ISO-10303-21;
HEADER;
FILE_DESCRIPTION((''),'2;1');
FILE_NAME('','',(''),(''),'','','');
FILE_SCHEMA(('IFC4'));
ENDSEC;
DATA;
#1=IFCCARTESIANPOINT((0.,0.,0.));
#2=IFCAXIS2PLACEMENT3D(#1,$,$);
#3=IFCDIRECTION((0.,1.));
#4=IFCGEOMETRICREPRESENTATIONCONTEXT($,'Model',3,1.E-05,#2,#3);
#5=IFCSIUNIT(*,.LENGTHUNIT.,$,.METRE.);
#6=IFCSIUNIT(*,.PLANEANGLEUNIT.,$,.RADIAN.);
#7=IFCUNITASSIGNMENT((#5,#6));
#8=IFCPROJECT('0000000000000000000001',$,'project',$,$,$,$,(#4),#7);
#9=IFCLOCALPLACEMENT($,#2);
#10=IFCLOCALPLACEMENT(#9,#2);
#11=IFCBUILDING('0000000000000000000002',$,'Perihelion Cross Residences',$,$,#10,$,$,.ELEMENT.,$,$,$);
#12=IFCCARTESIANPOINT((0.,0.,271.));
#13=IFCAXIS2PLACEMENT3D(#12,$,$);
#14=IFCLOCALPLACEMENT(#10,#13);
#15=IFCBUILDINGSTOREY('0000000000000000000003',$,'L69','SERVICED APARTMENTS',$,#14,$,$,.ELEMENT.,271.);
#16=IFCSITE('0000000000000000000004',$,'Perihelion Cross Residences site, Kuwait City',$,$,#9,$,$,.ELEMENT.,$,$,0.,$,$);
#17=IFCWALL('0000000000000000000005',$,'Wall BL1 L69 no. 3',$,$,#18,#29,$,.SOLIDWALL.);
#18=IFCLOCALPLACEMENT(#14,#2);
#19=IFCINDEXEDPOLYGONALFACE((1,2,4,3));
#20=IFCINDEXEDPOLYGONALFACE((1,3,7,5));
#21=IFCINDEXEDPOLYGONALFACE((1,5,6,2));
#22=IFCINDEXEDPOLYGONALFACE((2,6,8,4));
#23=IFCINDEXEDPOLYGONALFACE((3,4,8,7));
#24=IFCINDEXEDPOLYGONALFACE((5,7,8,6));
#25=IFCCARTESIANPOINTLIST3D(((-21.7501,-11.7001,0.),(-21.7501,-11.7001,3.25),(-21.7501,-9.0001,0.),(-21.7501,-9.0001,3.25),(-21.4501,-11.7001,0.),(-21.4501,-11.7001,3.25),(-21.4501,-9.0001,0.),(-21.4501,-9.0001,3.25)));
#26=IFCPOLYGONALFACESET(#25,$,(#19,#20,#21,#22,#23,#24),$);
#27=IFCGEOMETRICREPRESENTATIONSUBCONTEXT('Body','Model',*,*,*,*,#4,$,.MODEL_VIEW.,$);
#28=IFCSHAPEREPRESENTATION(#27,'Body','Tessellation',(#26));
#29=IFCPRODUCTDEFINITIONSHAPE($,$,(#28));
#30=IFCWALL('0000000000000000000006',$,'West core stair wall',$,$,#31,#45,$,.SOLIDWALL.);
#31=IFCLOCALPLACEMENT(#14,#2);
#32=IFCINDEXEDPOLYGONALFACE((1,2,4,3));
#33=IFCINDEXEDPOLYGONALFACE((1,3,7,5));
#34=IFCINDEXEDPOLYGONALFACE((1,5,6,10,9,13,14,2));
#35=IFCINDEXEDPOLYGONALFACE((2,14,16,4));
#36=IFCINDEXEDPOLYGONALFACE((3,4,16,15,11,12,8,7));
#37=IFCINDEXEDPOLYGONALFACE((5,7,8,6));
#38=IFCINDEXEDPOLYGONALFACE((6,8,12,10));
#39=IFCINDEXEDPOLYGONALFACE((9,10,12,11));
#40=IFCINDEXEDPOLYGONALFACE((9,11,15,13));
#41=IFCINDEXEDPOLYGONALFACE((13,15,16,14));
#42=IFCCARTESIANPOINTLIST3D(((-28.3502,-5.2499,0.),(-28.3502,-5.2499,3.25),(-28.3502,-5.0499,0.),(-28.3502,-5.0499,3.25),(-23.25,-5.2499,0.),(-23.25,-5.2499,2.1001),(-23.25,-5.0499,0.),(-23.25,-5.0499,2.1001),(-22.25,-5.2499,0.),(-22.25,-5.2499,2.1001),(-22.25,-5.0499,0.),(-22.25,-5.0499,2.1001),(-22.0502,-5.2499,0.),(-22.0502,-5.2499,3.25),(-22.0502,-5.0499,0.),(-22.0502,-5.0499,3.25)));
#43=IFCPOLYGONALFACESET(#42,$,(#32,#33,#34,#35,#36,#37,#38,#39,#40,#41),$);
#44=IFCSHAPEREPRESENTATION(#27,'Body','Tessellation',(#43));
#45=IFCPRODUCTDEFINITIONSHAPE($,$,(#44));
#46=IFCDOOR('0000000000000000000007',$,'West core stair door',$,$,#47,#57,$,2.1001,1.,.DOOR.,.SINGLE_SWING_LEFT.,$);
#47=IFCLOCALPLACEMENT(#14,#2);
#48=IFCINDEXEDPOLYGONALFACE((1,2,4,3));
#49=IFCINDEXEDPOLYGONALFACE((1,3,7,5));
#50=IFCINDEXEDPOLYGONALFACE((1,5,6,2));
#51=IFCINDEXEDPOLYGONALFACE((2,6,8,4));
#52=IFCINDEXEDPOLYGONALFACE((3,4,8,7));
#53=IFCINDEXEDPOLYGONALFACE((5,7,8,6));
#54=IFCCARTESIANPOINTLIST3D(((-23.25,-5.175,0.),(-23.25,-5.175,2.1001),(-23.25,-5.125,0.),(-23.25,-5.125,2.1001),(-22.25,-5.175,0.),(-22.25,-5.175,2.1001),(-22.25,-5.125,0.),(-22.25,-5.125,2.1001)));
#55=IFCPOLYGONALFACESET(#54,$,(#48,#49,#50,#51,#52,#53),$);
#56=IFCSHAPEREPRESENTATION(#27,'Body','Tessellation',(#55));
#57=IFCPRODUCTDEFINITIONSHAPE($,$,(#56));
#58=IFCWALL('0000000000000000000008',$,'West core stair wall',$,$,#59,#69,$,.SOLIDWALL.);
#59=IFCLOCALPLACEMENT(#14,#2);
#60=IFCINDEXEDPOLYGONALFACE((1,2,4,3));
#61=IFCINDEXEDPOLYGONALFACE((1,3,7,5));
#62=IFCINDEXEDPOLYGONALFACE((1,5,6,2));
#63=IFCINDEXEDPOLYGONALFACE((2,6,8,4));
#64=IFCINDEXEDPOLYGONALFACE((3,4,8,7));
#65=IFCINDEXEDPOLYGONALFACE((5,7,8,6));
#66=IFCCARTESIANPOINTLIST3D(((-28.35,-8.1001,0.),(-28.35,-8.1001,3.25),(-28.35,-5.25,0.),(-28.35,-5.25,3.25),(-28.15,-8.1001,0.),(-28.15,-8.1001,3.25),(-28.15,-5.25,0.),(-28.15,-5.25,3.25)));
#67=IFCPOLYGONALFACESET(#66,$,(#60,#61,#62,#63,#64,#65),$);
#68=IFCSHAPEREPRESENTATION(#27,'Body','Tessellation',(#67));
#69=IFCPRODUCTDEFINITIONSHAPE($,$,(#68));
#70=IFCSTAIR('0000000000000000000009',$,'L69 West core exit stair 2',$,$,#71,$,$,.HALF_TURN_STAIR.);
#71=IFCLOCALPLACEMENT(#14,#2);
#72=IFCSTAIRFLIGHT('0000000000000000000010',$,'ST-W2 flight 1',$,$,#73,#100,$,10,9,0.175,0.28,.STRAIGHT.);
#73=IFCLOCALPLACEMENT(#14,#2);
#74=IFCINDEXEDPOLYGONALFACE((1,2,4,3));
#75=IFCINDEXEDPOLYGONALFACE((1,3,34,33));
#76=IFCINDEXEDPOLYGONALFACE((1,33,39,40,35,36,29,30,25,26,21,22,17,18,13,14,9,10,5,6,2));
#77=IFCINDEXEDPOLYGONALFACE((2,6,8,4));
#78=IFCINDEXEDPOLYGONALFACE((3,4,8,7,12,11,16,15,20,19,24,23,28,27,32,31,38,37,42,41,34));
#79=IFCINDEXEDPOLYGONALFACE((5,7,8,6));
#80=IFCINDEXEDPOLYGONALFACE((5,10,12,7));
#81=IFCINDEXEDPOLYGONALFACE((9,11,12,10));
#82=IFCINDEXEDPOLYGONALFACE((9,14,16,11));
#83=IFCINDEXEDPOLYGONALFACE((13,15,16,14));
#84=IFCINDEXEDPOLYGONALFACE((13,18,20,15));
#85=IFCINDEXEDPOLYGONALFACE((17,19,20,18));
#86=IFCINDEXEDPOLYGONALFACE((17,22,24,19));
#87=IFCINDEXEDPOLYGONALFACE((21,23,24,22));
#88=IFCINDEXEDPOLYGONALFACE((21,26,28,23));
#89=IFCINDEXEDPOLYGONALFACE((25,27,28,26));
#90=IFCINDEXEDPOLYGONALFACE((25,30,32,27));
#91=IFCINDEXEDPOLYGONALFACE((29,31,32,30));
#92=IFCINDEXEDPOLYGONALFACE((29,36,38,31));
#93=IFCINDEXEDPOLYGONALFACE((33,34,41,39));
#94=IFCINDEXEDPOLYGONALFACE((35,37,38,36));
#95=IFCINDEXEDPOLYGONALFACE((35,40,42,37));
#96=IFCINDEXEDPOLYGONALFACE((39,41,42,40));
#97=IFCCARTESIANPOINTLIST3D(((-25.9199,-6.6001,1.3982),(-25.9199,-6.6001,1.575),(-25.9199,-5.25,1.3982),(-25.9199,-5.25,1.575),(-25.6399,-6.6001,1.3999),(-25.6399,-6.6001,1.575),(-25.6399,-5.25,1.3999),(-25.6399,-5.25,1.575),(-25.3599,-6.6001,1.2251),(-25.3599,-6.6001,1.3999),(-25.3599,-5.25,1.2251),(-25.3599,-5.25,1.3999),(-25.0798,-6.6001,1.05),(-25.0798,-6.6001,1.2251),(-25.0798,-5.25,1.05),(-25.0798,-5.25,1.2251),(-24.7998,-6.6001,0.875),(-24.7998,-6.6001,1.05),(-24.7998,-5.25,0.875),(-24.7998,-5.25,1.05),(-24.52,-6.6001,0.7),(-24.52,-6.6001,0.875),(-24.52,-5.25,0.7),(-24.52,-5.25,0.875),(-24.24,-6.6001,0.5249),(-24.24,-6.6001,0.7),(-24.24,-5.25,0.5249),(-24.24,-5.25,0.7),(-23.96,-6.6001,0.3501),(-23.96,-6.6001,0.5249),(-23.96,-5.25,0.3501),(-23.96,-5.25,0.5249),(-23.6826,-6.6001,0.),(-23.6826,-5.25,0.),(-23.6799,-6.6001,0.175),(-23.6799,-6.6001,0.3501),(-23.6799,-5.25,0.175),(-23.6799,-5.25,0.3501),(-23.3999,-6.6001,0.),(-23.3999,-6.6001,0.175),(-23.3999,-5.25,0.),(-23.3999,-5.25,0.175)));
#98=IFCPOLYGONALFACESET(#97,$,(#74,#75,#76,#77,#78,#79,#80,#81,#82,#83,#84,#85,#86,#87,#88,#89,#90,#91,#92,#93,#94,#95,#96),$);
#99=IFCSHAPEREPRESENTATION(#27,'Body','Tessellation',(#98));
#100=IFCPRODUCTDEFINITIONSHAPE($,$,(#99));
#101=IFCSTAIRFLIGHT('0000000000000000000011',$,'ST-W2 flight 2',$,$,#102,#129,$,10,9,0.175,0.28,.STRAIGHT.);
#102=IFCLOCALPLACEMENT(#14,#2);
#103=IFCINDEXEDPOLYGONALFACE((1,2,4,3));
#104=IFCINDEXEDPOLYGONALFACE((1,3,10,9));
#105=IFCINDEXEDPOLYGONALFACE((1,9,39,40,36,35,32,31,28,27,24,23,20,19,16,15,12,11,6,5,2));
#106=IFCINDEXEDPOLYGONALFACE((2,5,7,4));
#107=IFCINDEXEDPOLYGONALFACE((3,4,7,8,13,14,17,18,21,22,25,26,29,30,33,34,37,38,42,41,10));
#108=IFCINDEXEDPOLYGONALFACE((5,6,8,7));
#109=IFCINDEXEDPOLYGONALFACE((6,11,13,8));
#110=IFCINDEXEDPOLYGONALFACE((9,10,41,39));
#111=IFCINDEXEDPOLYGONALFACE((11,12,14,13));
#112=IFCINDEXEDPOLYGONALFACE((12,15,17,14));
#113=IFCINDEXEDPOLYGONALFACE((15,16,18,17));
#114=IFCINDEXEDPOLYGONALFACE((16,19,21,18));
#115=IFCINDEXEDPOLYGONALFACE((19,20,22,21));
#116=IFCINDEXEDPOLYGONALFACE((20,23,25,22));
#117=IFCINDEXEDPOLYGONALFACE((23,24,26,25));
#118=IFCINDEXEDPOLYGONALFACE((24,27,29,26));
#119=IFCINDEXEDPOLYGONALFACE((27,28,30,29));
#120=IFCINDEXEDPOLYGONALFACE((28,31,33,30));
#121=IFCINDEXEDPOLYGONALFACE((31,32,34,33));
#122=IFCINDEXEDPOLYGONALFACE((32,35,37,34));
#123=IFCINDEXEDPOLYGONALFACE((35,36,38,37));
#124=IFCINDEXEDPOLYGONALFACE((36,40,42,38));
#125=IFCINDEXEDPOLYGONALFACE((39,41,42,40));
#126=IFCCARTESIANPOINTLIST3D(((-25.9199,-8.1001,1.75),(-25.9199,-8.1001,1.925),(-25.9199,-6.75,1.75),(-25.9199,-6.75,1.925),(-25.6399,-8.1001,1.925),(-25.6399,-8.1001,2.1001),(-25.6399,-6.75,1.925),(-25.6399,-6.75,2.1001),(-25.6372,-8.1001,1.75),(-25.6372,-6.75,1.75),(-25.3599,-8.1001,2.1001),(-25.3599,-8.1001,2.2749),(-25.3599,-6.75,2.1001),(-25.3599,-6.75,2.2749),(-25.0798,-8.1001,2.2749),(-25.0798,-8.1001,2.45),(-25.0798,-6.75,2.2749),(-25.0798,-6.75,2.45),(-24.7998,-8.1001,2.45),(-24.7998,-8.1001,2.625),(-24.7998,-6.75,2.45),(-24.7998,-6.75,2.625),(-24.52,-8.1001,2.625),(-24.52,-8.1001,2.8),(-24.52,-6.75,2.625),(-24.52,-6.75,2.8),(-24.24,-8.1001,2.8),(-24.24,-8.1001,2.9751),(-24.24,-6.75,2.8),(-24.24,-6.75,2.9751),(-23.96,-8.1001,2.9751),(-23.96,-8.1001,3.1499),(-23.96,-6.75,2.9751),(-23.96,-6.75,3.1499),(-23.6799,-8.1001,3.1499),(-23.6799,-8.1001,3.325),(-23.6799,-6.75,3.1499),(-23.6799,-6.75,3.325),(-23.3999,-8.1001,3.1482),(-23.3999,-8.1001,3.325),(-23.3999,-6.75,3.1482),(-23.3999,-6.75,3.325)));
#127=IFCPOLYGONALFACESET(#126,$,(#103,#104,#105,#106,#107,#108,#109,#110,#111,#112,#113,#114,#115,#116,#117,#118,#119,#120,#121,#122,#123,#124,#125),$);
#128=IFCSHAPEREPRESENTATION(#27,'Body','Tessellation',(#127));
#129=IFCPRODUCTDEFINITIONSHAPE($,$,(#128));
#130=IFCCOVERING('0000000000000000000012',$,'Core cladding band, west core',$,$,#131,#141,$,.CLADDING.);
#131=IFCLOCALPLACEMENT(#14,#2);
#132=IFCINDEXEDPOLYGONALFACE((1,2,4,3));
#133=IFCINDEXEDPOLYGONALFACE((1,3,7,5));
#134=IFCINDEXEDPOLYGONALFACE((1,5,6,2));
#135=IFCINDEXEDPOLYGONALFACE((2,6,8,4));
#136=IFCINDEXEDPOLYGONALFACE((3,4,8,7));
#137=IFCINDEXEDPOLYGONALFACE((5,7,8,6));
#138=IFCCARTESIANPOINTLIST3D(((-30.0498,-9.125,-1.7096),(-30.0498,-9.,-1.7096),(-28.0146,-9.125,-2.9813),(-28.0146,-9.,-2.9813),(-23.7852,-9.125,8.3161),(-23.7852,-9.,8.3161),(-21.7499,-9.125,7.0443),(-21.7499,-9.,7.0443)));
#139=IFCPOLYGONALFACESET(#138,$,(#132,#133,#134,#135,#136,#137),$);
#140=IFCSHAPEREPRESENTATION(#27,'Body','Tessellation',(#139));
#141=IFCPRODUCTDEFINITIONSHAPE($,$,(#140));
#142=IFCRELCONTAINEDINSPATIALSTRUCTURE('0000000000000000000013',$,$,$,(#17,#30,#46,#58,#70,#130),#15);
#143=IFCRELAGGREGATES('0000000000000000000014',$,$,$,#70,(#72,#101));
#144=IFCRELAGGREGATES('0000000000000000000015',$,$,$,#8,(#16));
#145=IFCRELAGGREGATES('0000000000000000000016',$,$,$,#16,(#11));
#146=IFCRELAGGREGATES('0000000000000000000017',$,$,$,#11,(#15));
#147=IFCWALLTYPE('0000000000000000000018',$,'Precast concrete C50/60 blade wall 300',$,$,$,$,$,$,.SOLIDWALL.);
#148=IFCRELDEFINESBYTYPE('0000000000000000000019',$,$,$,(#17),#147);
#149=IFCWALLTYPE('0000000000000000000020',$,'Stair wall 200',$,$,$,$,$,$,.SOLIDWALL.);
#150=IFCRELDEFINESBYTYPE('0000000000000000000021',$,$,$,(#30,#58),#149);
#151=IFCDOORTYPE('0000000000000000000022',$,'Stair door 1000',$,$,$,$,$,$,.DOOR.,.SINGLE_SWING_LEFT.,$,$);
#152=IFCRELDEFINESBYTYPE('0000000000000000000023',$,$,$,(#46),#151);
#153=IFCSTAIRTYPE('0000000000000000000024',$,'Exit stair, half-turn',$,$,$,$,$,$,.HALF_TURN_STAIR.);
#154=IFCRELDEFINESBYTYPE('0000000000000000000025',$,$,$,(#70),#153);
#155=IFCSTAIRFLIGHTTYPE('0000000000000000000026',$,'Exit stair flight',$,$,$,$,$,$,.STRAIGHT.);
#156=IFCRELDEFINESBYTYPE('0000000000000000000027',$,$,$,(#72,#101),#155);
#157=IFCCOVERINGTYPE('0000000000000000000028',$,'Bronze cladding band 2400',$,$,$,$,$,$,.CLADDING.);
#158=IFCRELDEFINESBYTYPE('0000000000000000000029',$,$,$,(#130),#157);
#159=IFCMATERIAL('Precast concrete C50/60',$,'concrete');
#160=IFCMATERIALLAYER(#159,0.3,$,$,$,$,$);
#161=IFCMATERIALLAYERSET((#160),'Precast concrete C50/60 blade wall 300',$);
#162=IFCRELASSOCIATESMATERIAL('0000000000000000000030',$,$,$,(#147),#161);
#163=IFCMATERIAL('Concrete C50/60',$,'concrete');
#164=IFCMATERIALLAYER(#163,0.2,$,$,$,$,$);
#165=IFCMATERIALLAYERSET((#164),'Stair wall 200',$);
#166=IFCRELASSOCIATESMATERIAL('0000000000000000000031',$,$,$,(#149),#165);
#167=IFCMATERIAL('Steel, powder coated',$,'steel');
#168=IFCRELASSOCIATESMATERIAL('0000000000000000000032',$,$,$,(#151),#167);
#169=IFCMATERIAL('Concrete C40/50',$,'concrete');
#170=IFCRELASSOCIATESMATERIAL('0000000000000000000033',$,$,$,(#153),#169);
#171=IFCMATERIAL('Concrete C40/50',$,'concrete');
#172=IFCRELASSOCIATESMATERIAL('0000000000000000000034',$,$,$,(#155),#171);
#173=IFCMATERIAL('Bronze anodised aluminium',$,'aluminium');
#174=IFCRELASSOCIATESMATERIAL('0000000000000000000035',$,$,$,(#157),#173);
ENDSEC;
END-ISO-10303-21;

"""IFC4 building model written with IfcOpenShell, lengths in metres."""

from ifc_helpers import new_model, si_unit, direction, frame, frame_2d, origin, origin_2d, place, context, subcontext, project, spatial, polyline, rectangle, outline, extrude, material, layer, layer_set, material_profile, profile_set, type_object, element, fill, aggregate, save


model = new_model("IFC4")

# Units and contexts
model_context = context("Model", 3, precision=1e-05, world=origin(), true_north=direction((0.0, 1.0)))
body_context = subcontext(model_context, "Body", "Model", "MODEL_VIEW")
ifc_project = project(units=[si_unit("LENGTHUNIT", "METRE"), si_unit("PLANEANGLEUNIT", "RADIAN")], contexts=[model_context])

# Site, building, storey
site_placement = place(None, origin())
site = spatial("IfcSite", under=ifc_project, at=site_placement, Name="Perihelion Cross Residences site, Kuwait City", CompositionType="ELEMENT", RefElevation=0.0)
building_placement = place(site_placement, origin())
building = spatial("IfcBuilding", under=site, at=building_placement, Name="Perihelion Cross Residences", CompositionType="ELEMENT")
storey_placement = place(building_placement, frame((0.0, 0.0, 271.0)))
storey = spatial("IfcBuildingStorey", under=building, at=storey_placement, Name="L69", Description="SERVICED APARTMENTS", CompositionType="ELEMENT", Elevation=271.0)

# Wall
ifc_material_1 = material(Name="Precast concrete C50/60", Category="concrete")
ifc_layer_1 = layer(ifc_material_1, 0.3)
ifc_layer_set_1 = layer_set([ifc_layer_1], Name="Precast concrete C50/60 blade wall 300")
wall_type_1 = type_object("IfcWallType", Name="Precast concrete C50/60 blade wall 300", PredefinedType="SOLIDWALL", material=ifc_layer_set_1)
wall_1_placement = place(storey_placement, frame((-21.6001, -9.0, 0.0), z_axis=(0.0, 0.0, 1.0), x_axis=(0.0, -1.0, 0.0)))
element("IfcWall", 1, at=wall_1_placement, inside=storey, type_object=wall_type_1, Name="Wall BL1 L69 no. 3", PredefinedType="SOLIDWALL", context=body_context, shape_type="SweptSolid", body=[
    extrude(rectangle(XDim=2.7, YDim=0.3, at=frame_2d((1.3501, 0.0))), origin(), (0.0, 0.0, 1.0), 3.25),
])

# Wall, opening, door
ifc_material_2 = material(Name="Concrete C50/60", Category="concrete")
ifc_layer_2 = layer(ifc_material_2, 0.2)
ifc_layer_set_2 = layer_set([ifc_layer_2], Name="Stair wall 200")
wall_type_2 = type_object("IfcWallType", Name="Stair wall 200", PredefinedType="SOLIDWALL", material=ifc_layer_set_2)
wall_2_placement = place(storey_placement, frame((-28.3501, -5.1499, 0.0), z_axis=(0.0, 0.0, 1.0), x_axis=(1.0, 0.0, 0.0)))
wall_2 = element("IfcWall", 2, at=wall_2_placement, inside=storey, type_object=wall_type_2, Name="West core stair wall", PredefinedType="SOLIDWALL", context=body_context, shape_type="SweptSolid", body=[
    extrude(rectangle(XDim=6.3, YDim=0.2, at=frame_2d((3.1499, 0.0))), origin(), (0.0, 0.0, 1.0), 3.25),
])
opening_1_placement = place(wall_2_placement, frame((5.1001, 0.0, 0.0)))
opening_1 = element("IfcOpeningElement", 3, at=opening_1_placement, cuts=wall_2, PredefinedType="OPENING", context=body_context, shape_type="SweptSolid", body=[
    extrude(rectangle(XDim=1.0, YDim=2.1001, at=frame_2d((0.5, 1.05))), frame((0.0, 0.1099, 0.0), z_axis=(0.0, -1.0, 0.0), x_axis=(1.0, 0.0, 0.0)), (0.0, 0.0, 1.0), 0.22),
])
ifc_material_3 = material(Name="Steel, powder coated", Category="steel")
door_type_1 = type_object("IfcDoorType", Name="Stair door 1000", OperationType="SINGLE_SWING_LEFT", PredefinedType="DOOR", material=ifc_material_3)
door_1_placement = place(opening_1_placement, origin())
door_1 = element("IfcDoor", 4, at=door_1_placement, inside=storey, type_object=door_type_1, Name="West core stair door", OperationType="SINGLE_SWING_LEFT", OverallHeight=2.1001, OverallWidth=1.0, PredefinedType="DOOR", context=body_context, shape_type="SweptSolid", body=[
    extrude(rectangle(XDim=1.0, YDim=2.1001, at=frame_2d((0.5, 1.05))), frame((0.0, 0.0249, 0.0), z_axis=(0.0, -1.0, 0.0), x_axis=(1.0, 0.0, 0.0)), (0.0, 0.0, 1.0), 0.05),
])
fill(opening_1, door_1)

# Wall
wall_3_placement = place(storey_placement, frame((-28.25, -8.1001, 0.0), z_axis=(0.0, 0.0, 1.0), x_axis=(0.0, 1.0, 0.0)))
element("IfcWall", 5, at=wall_3_placement, inside=storey, type_object=wall_type_2, Name="West core stair wall", PredefinedType="SOLIDWALL", context=body_context, shape_type="SweptSolid", body=[
    extrude(rectangle(XDim=2.8501, YDim=0.2, at=frame_2d((1.425, 0.0))), origin(), (0.0, 0.0, 1.0), 3.25),
])

# Stair, stair flights
ifc_material_4 = material(Name="Concrete C40/50", Category="concrete")
stair_type = type_object("IfcStairType", Name="Exit stair, half-turn", PredefinedType="HALF_TURN_STAIR", material=ifc_material_4)
stair_placement = place(storey_placement, origin())
stair = element("IfcStair", 6, at=stair_placement, inside=storey, type_object=stair_type, Name="L69 West core exit stair 2", PredefinedType="HALF_TURN_STAIR")
ifc_material_5 = material(Name="Concrete C40/50", Category="concrete")
stair_flight_type = type_object("IfcStairFlightType", Name="Exit stair flight", PredefinedType="STRAIGHT", material=ifc_material_5)
stair_flight_1_placement = place(storey_placement, frame((-23.3999, -5.925, 0.0), z_axis=(0.0, 0.0, 1.0), x_axis=(-1.0, 0.0, 0.0)))
stair_flight_1 = element("IfcStairFlight", 7, at=stair_flight_1_placement, type_object=stair_flight_type, Name="ST-W2 flight 1", NumberOfRisers=10, NumberOfTreads=9, PredefinedType="STRAIGHT", RiserHeight=0.175, TreadLength=0.28, context=body_context, shape_type="SweptSolid", body=[
    extrude(outline(polyline([(0.0, 0.0), (0.0, 0.175), (0.28, 0.175), (0.28, 0.3501), (0.5601, 0.3501), (0.5601, 0.5249), (0.8401, 0.5249), (0.8401, 0.7), (1.1201, 0.7), (1.1201, 0.875), (1.3999, 0.875), (1.3999, 1.05), (1.6799, 1.05), (1.6799, 1.2251), (1.96, 1.2251), (1.96, 1.3999), (2.24, 1.3999), (2.24, 1.575), (2.52, 1.575), (2.52, 1.75), (2.52, 1.3982), (0.2827, 0.0), (0.0, 0.0)])), frame((0.0, 0.675, 0.0), z_axis=(0.0, -1.0, 0.0), x_axis=(1.0, 0.0, 0.0)), (0.0, 0.0, 1.0), 1.3501),
])
stair_flight_2_placement = place(storey_placement, frame((-25.9199, -7.425, 1.75), z_axis=(0.0, 0.0, 1.0), x_axis=(1.0, 0.0, 0.0)))
stair_flight_2 = element("IfcStairFlight", 8, at=stair_flight_2_placement, type_object=stair_flight_type, Name="ST-W2 flight 2", NumberOfRisers=10, NumberOfTreads=9, PredefinedType="STRAIGHT", RiserHeight=0.175, TreadLength=0.28, context=body_context, shape_type="SweptSolid", body=[
    extrude(outline(polyline([(0.0, 0.0), (0.0, 0.175), (0.28, 0.175), (0.28, 0.3501), (0.5601, 0.3501), (0.5601, 0.5249), (0.8401, 0.5249), (0.8401, 0.7), (1.1201, 0.7), (1.1201, 0.875), (1.3999, 0.875), (1.3999, 1.05), (1.6799, 1.05), (1.6799, 1.2251), (1.96, 1.2251), (1.96, 1.3999), (2.24, 1.3999), (2.24, 1.575), (2.52, 1.575), (2.52, 1.75), (2.52, 1.3982), (0.2827, 0.0), (0.0, 0.0)])), frame((0.0, 0.675, 0.0), z_axis=(0.0, -1.0, 0.0), x_axis=(1.0, 0.0, 0.0)), (0.0, 0.0, 1.0), 1.3501),
])
aggregate(stair, [stair_flight_1, stair_flight_2])

# Covering
ifc_material_6 = material(Name="Bronze anodised aluminium", Category="aluminium")
ifc_material_profile_1 = material_profile(ifc_material_6, rectangle(XDim=0.125, YDim=2.3999, at=origin_2d()), Name="Bronze cladding band 2400")
ifc_profile_set_1 = profile_set([ifc_material_profile_1], Name="Bronze anodised aluminium")
covering_type = type_object("IfcCoveringType", Name="Bronze cladding band 2400", PredefinedType="CLADDING", material=ifc_profile_set_1)
covering_placement = place(storey_placement, frame((-29.0322, -9.0625, -2.3455), z_axis=(0.529915, 0.0, 0.848051), x_axis=(0.0, 1.0, 0.0)))
element("IfcCovering", 9, at=covering_placement, inside=storey, type_object=covering_type, Name="Core cladding band, west core", PredefinedType="CLADDING", context=body_context, shape_type="SweptSolid", body=[
    extrude(rectangle(XDim=0.125, YDim=2.3999, at=origin_2d()), origin(), (0.0, 0.0, 1.0), 11.822),
])

save(model, "model.ifc")
